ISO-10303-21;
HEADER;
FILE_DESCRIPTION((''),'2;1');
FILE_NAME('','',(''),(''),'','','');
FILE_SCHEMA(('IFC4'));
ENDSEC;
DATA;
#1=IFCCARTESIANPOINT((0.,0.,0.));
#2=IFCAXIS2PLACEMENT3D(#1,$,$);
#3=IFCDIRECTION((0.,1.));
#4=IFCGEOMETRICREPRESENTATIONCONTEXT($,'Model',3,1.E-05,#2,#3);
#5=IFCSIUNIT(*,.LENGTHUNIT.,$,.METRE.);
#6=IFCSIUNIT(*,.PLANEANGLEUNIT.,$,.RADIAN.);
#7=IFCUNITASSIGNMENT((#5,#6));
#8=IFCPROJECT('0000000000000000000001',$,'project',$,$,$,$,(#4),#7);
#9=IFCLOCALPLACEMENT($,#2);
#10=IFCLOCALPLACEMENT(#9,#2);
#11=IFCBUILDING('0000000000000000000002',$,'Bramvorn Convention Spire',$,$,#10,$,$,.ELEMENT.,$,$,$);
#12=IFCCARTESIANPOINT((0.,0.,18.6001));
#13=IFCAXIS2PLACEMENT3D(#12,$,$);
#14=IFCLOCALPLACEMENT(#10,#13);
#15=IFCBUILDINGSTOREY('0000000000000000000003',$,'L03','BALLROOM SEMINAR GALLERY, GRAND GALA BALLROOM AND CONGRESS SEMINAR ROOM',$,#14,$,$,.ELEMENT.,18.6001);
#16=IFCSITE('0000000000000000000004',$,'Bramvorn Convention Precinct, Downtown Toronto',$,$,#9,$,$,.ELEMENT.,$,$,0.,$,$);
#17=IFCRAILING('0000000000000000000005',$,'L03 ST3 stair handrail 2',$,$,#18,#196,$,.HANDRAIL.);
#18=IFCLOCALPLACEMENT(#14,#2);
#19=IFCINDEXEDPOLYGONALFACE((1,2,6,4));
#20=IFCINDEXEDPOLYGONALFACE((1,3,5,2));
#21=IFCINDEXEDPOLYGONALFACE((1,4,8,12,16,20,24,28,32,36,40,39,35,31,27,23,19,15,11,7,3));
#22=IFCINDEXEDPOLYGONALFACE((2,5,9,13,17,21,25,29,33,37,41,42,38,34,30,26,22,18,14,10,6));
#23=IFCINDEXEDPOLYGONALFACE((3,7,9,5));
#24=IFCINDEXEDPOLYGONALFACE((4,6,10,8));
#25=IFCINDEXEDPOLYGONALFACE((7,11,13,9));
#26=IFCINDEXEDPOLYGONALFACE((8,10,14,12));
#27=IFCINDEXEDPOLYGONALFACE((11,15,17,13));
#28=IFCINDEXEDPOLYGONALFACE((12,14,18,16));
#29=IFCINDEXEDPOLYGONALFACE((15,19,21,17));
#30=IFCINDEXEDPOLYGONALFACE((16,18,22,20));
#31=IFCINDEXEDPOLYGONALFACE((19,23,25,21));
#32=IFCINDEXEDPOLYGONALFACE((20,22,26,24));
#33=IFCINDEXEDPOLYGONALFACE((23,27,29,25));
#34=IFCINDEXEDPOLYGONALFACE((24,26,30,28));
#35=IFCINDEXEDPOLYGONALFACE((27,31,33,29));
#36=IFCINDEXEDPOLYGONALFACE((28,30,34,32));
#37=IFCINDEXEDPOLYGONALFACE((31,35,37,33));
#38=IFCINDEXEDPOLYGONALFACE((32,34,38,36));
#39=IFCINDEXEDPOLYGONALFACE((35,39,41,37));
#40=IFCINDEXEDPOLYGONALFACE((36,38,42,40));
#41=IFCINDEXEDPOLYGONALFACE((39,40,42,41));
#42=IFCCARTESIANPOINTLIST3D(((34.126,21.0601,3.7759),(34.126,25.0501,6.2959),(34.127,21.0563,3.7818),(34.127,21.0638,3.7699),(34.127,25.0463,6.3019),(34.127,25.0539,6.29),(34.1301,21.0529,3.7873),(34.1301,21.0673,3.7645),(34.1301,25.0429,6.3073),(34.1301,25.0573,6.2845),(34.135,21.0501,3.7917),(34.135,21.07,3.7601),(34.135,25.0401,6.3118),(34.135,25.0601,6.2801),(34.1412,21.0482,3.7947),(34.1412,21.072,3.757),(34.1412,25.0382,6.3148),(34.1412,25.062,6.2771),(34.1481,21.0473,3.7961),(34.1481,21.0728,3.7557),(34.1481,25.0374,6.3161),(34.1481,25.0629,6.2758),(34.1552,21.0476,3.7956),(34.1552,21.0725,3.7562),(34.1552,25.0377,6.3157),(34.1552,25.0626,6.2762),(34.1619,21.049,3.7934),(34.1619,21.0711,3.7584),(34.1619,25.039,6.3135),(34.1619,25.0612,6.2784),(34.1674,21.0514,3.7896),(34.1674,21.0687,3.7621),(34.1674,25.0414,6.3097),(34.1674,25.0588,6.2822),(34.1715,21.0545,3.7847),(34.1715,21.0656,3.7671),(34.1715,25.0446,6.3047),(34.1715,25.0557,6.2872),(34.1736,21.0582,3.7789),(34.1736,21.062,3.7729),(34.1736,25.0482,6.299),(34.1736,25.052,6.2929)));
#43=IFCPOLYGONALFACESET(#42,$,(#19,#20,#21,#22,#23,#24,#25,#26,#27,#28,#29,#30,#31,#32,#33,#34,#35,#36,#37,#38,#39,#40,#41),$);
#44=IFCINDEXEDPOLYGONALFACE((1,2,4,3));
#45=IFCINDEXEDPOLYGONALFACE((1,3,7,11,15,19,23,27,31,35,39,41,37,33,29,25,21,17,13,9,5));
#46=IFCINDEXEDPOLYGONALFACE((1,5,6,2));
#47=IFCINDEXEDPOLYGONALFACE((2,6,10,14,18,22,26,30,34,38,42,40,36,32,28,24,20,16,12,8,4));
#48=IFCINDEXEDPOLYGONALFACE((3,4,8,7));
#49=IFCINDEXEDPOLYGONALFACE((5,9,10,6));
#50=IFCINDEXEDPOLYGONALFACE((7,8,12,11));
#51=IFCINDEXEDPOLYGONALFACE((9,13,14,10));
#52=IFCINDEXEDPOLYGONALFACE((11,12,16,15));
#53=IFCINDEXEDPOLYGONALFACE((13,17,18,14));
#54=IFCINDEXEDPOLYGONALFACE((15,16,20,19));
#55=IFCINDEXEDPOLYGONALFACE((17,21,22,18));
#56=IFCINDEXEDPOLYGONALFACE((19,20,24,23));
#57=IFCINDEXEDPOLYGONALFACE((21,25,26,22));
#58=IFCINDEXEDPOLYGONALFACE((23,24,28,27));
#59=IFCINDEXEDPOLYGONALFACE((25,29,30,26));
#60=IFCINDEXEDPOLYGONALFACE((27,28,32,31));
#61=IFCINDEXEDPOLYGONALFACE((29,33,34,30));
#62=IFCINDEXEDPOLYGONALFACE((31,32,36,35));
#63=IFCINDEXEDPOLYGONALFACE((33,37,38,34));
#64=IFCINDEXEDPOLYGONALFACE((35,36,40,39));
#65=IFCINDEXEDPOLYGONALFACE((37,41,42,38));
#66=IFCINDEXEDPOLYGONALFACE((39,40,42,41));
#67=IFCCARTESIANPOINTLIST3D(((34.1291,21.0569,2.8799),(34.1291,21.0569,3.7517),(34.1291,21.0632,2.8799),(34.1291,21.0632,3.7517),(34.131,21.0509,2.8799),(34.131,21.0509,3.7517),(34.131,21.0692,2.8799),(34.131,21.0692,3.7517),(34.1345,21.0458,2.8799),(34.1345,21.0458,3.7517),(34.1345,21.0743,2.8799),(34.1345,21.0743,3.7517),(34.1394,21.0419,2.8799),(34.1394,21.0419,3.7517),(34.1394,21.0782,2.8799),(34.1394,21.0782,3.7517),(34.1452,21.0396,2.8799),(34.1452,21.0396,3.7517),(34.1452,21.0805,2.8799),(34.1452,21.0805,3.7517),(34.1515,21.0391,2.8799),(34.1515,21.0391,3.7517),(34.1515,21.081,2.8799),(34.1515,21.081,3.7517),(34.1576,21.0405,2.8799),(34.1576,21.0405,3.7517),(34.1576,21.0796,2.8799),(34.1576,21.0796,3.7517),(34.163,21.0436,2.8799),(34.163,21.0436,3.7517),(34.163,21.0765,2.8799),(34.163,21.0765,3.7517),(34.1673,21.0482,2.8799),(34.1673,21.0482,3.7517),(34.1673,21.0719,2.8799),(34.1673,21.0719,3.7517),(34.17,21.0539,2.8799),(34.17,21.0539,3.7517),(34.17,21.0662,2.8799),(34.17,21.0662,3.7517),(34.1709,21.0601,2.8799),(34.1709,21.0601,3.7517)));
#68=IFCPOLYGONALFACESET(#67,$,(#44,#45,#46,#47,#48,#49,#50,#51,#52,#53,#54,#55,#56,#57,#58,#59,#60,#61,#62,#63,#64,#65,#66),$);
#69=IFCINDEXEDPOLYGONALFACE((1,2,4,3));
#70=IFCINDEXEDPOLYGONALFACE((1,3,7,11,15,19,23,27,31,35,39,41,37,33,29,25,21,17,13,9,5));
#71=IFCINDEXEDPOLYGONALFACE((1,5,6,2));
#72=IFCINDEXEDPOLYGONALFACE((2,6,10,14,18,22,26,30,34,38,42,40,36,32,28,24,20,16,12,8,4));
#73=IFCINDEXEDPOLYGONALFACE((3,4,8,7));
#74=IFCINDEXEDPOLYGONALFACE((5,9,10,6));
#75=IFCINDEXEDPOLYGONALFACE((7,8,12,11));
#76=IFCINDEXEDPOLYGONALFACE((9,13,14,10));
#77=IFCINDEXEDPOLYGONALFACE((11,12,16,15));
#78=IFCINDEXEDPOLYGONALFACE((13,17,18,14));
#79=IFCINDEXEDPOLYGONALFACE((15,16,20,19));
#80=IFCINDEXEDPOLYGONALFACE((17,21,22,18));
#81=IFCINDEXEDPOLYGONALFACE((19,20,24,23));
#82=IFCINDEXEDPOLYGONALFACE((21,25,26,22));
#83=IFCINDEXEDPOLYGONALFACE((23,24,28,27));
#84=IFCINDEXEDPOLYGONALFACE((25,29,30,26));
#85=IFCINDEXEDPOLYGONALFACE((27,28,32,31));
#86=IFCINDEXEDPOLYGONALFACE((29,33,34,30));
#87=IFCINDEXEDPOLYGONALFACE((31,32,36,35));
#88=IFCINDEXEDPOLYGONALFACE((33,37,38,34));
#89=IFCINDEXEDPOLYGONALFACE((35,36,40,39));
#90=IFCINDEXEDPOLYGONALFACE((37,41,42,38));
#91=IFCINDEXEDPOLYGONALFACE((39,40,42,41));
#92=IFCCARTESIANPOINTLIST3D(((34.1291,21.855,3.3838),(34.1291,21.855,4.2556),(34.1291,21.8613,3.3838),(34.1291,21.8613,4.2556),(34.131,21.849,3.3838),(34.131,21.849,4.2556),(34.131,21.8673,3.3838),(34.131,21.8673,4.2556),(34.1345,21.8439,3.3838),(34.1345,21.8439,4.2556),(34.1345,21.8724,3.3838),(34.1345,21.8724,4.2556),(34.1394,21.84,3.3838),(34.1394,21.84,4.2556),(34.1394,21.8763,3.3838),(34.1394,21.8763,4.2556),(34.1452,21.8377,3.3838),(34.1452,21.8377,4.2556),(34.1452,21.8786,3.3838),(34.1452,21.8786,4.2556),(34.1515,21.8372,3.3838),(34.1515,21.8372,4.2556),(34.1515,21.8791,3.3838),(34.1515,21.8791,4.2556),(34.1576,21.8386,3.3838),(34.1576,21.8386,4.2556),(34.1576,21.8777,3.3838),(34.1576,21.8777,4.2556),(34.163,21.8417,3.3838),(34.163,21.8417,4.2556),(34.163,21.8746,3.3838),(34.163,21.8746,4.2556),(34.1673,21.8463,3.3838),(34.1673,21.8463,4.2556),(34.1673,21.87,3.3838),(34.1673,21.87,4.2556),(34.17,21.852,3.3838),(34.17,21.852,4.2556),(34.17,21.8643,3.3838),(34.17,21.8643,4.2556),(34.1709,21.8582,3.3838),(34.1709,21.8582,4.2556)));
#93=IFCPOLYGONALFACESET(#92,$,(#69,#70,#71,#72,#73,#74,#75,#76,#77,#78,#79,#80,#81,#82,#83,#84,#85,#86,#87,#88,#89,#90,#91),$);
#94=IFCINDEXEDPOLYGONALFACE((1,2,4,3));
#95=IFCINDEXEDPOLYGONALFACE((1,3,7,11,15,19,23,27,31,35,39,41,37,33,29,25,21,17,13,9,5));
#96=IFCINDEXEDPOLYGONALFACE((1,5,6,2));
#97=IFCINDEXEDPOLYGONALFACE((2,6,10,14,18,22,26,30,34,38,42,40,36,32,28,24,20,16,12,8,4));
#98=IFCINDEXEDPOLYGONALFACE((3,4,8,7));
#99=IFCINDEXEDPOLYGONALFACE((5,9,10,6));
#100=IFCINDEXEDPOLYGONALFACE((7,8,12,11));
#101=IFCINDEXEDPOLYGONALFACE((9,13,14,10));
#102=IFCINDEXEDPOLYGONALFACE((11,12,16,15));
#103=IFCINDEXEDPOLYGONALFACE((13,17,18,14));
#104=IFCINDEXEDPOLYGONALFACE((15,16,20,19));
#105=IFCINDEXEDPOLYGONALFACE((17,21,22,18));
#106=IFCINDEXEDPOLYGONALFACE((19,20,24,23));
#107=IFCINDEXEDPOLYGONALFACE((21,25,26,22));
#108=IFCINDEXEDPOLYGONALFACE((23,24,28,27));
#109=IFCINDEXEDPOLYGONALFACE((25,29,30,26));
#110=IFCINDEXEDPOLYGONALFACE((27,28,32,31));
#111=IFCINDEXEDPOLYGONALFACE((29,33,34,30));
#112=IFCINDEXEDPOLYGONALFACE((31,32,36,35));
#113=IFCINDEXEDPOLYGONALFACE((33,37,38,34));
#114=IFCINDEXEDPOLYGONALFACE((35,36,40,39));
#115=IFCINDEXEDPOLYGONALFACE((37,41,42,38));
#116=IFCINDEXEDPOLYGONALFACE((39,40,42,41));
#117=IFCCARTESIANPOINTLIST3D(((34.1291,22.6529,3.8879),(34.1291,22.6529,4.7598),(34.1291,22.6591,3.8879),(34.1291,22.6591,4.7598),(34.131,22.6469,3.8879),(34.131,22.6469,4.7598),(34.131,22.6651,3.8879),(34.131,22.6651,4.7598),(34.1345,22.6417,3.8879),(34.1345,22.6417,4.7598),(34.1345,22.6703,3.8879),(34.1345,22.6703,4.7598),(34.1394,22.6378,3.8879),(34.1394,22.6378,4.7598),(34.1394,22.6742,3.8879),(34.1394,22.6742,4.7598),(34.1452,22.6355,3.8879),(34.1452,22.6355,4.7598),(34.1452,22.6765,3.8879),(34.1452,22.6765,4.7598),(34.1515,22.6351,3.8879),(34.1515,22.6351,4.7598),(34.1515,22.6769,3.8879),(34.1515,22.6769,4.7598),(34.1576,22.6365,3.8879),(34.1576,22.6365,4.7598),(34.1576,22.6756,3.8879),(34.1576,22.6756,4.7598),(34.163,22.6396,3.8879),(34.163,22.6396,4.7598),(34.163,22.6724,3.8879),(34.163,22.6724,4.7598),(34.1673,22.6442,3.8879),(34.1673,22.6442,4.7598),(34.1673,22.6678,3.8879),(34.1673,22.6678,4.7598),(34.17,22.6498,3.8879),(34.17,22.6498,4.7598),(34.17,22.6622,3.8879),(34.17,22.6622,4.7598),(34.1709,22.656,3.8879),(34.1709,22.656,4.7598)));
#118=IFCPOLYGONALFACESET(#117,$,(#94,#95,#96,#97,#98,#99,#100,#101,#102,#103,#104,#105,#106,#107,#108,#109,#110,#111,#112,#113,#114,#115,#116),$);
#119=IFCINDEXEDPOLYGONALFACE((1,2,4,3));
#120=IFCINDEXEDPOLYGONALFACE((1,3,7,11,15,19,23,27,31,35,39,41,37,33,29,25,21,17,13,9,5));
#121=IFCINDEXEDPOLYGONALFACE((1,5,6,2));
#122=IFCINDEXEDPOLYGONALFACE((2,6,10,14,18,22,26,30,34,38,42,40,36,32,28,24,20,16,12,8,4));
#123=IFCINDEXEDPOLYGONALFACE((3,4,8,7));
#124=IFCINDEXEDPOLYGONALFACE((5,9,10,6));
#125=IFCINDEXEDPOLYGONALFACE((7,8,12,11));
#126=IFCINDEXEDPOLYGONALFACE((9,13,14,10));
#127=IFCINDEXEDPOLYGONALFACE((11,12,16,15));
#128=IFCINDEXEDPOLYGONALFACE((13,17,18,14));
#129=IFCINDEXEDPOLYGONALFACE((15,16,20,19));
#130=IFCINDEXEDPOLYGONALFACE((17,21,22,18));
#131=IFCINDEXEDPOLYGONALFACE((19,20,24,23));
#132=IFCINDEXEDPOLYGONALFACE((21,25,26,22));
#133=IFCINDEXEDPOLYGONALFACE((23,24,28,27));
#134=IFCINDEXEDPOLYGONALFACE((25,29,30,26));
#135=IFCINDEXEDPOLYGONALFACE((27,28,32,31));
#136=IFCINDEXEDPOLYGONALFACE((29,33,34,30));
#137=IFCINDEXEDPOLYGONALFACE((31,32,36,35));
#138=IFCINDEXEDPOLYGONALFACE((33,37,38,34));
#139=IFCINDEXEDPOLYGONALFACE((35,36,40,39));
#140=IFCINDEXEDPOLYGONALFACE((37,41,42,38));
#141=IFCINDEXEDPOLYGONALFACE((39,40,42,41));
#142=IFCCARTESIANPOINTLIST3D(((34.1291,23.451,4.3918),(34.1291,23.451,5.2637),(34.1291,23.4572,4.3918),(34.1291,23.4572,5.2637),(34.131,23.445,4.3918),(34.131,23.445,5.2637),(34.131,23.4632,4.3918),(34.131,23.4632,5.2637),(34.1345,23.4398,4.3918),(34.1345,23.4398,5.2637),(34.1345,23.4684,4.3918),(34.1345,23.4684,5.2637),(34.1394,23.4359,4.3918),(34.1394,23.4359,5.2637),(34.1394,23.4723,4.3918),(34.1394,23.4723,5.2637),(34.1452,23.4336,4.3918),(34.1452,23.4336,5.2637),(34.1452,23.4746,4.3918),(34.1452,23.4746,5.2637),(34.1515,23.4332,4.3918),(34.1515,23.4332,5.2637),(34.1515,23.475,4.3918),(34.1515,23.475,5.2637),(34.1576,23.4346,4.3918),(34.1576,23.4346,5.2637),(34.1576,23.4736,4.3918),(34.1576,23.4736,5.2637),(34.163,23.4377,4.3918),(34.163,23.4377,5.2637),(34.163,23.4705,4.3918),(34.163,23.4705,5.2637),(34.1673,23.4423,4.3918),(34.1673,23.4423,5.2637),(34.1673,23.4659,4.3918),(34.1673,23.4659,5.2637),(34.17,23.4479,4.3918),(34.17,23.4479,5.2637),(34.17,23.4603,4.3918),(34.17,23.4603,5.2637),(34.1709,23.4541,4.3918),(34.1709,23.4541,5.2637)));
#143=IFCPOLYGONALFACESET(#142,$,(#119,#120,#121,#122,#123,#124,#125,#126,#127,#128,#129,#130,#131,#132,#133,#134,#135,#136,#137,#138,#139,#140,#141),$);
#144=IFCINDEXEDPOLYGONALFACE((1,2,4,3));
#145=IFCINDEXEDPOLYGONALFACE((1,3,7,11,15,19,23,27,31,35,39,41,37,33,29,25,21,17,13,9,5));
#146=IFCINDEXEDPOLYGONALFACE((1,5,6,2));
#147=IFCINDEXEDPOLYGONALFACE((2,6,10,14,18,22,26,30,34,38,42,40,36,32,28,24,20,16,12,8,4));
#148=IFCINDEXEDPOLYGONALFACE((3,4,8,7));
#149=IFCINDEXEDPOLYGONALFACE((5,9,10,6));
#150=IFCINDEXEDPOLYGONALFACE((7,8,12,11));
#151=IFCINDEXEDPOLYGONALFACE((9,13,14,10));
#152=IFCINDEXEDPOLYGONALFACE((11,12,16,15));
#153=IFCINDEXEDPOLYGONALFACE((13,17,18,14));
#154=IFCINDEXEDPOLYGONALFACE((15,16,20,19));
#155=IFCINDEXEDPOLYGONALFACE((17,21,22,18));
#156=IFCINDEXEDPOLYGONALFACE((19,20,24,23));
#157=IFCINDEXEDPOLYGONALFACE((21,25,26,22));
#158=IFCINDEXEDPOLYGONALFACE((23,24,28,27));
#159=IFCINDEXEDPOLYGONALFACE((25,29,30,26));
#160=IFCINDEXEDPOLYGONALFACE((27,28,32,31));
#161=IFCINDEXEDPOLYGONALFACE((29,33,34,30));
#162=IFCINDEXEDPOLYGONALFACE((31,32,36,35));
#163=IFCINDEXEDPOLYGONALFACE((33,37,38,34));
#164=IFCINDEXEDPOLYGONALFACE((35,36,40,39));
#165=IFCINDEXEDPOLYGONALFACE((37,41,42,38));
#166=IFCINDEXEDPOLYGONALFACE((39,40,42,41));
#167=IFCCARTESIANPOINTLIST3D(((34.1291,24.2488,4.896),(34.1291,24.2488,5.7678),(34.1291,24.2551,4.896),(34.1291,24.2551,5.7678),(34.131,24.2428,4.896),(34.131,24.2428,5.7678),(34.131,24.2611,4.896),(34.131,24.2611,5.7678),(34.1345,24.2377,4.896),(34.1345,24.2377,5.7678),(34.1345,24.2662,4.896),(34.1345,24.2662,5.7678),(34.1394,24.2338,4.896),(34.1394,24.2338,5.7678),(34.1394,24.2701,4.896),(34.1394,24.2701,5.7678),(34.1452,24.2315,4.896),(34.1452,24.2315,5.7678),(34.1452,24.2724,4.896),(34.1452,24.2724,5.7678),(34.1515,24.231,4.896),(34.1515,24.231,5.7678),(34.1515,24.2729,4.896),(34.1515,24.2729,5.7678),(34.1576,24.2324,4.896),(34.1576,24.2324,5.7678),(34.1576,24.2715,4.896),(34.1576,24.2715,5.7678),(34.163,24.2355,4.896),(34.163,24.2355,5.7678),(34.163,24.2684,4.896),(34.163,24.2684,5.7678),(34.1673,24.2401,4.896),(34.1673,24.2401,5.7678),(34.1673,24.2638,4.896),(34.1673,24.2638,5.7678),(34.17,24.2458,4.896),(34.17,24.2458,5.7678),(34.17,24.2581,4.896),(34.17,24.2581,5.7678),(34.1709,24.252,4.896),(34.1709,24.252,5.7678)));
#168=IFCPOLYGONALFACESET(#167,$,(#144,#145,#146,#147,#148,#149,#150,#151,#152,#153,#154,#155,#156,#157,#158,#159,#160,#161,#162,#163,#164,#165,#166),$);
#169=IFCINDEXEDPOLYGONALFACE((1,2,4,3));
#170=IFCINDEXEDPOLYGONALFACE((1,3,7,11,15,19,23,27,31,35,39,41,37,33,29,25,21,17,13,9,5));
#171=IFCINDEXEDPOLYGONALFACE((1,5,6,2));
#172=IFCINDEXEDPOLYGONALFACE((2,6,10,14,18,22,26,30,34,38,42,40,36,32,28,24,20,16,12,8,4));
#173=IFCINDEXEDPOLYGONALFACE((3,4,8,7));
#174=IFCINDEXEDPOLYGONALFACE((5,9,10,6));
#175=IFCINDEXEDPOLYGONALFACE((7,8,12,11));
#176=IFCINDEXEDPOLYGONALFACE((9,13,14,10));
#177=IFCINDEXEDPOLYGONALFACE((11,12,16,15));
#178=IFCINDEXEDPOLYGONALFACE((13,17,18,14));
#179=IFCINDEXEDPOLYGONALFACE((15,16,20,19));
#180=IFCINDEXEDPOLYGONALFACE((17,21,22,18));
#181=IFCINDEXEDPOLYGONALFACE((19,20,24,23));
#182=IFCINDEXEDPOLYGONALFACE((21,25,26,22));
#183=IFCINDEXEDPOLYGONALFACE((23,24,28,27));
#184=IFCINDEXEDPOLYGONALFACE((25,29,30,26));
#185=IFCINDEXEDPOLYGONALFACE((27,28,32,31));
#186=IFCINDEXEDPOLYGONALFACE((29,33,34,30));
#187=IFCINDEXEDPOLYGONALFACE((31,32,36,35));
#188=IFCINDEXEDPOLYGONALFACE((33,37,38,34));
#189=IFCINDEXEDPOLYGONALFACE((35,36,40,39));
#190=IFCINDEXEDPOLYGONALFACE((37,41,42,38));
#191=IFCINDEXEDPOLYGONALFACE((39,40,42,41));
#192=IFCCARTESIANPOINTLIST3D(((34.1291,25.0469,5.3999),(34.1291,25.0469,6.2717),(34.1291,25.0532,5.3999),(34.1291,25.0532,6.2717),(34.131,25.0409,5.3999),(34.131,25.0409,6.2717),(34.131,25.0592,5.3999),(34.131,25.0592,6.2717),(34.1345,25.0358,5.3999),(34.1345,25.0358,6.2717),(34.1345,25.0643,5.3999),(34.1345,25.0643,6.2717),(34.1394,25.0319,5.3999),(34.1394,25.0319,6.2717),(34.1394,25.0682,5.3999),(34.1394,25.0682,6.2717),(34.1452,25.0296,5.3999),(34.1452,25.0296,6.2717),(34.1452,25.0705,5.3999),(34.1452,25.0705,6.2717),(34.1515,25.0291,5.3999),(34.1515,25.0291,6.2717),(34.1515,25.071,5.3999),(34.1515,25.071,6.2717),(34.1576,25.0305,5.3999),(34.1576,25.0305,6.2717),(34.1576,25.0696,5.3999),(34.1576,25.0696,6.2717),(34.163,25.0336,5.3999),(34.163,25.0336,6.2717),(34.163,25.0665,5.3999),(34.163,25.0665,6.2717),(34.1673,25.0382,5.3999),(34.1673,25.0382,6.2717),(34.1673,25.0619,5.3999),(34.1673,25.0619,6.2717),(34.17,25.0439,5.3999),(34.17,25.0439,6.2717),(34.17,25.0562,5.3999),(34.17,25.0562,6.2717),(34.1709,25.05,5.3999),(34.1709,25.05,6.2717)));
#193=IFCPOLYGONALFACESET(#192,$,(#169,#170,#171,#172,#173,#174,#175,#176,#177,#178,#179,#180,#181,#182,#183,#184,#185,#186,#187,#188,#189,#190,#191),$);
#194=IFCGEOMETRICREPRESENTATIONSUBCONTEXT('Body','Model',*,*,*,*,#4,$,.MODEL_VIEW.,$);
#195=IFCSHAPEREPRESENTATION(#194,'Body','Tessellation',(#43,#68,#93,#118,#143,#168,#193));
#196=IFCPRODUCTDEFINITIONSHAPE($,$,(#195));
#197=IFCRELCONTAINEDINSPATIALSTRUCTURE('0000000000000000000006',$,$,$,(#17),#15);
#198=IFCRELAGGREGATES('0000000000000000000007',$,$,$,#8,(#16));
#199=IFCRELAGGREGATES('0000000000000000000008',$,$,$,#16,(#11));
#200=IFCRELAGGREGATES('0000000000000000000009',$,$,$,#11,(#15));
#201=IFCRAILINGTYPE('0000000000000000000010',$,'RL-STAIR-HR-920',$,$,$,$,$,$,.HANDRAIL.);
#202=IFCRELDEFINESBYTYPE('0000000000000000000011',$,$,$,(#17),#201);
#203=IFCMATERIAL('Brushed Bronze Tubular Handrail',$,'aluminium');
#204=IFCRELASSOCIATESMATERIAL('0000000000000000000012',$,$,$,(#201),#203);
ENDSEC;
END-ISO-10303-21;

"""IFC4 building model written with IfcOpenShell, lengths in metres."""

from ifc_helpers import new_model, si_unit, direction, frame, origin, origin_2d, place, context, subcontext, project, spatial, circle, extrude, material, type_object, element, save


model = new_model("IFC4")

# Units and contexts
model_context = context("Model", 3, precision=1e-05, world=origin(), true_north=direction((0.0, 1.0)))
body_context = subcontext(model_context, "Body", "Model", "MODEL_VIEW")
ifc_project = project(units=[si_unit("LENGTHUNIT", "METRE"), si_unit("PLANEANGLEUNIT", "RADIAN")], contexts=[model_context])

# Site, building, storey
site_placement = place(None, origin())
site = spatial("IfcSite", under=ifc_project, at=site_placement, Name="Bramvorn Convention Precinct, Downtown Toronto", CompositionType="ELEMENT", RefElevation=0.0)
building_placement = place(site_placement, origin())
building = spatial("IfcBuilding", under=site, at=building_placement, Name="Bramvorn Convention Spire", CompositionType="ELEMENT")
storey_placement = place(building_placement, frame((0.0, 0.0, 18.6001)))
storey = spatial("IfcBuildingStorey", under=building, at=storey_placement, Name="L03", Description="BALLROOM SEMINAR GALLERY, GRAND GALA BALLROOM AND CONGRESS SEMINAR ROOM", CompositionType="ELEMENT", Elevation=18.6001)

# Railing
ifc_material_1 = material(Name="Brushed Bronze Tubular Handrail", Category="aluminium")
railing_type_1 = type_object("IfcRailingType", Name="RL-STAIR-HR-920", PredefinedType="HANDRAIL", material=ifc_material_1)
for number, where, name in (
    (1, (34.1499, 21.0601, 2.8799), "L03 ST3 stair handrail 2"),
):
    element("IfcRailing", number, at=place(storey_placement, frame(where)), inside=storey, type_object=railing_type_1, Name=name, PredefinedType="HANDRAIL", context=body_context, shape_type="SweptSolid", body=[
        extrude(circle(Radius=0.0239, at=origin_2d()), frame((0.0, 0.0, 0.896), z_axis=(0.0, 0.845486, 0.533997), x_axis=(-1.0, 0.0, 0.0)), (0.0, 0.0, 1.0), 4.7192),
        extrude(circle(Radius=0.021, at=origin_2d()), origin(), (0.0, 0.0, 1.0), 0.8718),
        extrude(circle(Radius=0.021, at=origin_2d()), frame((0.0, 0.7981, 0.5039)), (0.0, 0.0, 1.0), 0.8718),
        extrude(circle(Radius=0.021, at=origin_2d()), frame((0.0, 1.5959, 1.0081)), (0.0, 0.0, 1.0), 0.8718),
        extrude(circle(Radius=0.021, at=origin_2d()), frame((0.0, 2.394, 1.512)), (0.0, 0.0, 1.0), 0.8718),
        extrude(circle(Radius=0.021, at=origin_2d()), frame((0.0, 3.1919, 2.0161)), (0.0, 0.0, 1.0), 0.8718),
        extrude(circle(Radius=0.021, at=origin_2d()), frame((0.0, 3.99, 2.52)), (0.0, 0.0, 1.0), 0.8718),
    ])

save(model, "model.ifc")
